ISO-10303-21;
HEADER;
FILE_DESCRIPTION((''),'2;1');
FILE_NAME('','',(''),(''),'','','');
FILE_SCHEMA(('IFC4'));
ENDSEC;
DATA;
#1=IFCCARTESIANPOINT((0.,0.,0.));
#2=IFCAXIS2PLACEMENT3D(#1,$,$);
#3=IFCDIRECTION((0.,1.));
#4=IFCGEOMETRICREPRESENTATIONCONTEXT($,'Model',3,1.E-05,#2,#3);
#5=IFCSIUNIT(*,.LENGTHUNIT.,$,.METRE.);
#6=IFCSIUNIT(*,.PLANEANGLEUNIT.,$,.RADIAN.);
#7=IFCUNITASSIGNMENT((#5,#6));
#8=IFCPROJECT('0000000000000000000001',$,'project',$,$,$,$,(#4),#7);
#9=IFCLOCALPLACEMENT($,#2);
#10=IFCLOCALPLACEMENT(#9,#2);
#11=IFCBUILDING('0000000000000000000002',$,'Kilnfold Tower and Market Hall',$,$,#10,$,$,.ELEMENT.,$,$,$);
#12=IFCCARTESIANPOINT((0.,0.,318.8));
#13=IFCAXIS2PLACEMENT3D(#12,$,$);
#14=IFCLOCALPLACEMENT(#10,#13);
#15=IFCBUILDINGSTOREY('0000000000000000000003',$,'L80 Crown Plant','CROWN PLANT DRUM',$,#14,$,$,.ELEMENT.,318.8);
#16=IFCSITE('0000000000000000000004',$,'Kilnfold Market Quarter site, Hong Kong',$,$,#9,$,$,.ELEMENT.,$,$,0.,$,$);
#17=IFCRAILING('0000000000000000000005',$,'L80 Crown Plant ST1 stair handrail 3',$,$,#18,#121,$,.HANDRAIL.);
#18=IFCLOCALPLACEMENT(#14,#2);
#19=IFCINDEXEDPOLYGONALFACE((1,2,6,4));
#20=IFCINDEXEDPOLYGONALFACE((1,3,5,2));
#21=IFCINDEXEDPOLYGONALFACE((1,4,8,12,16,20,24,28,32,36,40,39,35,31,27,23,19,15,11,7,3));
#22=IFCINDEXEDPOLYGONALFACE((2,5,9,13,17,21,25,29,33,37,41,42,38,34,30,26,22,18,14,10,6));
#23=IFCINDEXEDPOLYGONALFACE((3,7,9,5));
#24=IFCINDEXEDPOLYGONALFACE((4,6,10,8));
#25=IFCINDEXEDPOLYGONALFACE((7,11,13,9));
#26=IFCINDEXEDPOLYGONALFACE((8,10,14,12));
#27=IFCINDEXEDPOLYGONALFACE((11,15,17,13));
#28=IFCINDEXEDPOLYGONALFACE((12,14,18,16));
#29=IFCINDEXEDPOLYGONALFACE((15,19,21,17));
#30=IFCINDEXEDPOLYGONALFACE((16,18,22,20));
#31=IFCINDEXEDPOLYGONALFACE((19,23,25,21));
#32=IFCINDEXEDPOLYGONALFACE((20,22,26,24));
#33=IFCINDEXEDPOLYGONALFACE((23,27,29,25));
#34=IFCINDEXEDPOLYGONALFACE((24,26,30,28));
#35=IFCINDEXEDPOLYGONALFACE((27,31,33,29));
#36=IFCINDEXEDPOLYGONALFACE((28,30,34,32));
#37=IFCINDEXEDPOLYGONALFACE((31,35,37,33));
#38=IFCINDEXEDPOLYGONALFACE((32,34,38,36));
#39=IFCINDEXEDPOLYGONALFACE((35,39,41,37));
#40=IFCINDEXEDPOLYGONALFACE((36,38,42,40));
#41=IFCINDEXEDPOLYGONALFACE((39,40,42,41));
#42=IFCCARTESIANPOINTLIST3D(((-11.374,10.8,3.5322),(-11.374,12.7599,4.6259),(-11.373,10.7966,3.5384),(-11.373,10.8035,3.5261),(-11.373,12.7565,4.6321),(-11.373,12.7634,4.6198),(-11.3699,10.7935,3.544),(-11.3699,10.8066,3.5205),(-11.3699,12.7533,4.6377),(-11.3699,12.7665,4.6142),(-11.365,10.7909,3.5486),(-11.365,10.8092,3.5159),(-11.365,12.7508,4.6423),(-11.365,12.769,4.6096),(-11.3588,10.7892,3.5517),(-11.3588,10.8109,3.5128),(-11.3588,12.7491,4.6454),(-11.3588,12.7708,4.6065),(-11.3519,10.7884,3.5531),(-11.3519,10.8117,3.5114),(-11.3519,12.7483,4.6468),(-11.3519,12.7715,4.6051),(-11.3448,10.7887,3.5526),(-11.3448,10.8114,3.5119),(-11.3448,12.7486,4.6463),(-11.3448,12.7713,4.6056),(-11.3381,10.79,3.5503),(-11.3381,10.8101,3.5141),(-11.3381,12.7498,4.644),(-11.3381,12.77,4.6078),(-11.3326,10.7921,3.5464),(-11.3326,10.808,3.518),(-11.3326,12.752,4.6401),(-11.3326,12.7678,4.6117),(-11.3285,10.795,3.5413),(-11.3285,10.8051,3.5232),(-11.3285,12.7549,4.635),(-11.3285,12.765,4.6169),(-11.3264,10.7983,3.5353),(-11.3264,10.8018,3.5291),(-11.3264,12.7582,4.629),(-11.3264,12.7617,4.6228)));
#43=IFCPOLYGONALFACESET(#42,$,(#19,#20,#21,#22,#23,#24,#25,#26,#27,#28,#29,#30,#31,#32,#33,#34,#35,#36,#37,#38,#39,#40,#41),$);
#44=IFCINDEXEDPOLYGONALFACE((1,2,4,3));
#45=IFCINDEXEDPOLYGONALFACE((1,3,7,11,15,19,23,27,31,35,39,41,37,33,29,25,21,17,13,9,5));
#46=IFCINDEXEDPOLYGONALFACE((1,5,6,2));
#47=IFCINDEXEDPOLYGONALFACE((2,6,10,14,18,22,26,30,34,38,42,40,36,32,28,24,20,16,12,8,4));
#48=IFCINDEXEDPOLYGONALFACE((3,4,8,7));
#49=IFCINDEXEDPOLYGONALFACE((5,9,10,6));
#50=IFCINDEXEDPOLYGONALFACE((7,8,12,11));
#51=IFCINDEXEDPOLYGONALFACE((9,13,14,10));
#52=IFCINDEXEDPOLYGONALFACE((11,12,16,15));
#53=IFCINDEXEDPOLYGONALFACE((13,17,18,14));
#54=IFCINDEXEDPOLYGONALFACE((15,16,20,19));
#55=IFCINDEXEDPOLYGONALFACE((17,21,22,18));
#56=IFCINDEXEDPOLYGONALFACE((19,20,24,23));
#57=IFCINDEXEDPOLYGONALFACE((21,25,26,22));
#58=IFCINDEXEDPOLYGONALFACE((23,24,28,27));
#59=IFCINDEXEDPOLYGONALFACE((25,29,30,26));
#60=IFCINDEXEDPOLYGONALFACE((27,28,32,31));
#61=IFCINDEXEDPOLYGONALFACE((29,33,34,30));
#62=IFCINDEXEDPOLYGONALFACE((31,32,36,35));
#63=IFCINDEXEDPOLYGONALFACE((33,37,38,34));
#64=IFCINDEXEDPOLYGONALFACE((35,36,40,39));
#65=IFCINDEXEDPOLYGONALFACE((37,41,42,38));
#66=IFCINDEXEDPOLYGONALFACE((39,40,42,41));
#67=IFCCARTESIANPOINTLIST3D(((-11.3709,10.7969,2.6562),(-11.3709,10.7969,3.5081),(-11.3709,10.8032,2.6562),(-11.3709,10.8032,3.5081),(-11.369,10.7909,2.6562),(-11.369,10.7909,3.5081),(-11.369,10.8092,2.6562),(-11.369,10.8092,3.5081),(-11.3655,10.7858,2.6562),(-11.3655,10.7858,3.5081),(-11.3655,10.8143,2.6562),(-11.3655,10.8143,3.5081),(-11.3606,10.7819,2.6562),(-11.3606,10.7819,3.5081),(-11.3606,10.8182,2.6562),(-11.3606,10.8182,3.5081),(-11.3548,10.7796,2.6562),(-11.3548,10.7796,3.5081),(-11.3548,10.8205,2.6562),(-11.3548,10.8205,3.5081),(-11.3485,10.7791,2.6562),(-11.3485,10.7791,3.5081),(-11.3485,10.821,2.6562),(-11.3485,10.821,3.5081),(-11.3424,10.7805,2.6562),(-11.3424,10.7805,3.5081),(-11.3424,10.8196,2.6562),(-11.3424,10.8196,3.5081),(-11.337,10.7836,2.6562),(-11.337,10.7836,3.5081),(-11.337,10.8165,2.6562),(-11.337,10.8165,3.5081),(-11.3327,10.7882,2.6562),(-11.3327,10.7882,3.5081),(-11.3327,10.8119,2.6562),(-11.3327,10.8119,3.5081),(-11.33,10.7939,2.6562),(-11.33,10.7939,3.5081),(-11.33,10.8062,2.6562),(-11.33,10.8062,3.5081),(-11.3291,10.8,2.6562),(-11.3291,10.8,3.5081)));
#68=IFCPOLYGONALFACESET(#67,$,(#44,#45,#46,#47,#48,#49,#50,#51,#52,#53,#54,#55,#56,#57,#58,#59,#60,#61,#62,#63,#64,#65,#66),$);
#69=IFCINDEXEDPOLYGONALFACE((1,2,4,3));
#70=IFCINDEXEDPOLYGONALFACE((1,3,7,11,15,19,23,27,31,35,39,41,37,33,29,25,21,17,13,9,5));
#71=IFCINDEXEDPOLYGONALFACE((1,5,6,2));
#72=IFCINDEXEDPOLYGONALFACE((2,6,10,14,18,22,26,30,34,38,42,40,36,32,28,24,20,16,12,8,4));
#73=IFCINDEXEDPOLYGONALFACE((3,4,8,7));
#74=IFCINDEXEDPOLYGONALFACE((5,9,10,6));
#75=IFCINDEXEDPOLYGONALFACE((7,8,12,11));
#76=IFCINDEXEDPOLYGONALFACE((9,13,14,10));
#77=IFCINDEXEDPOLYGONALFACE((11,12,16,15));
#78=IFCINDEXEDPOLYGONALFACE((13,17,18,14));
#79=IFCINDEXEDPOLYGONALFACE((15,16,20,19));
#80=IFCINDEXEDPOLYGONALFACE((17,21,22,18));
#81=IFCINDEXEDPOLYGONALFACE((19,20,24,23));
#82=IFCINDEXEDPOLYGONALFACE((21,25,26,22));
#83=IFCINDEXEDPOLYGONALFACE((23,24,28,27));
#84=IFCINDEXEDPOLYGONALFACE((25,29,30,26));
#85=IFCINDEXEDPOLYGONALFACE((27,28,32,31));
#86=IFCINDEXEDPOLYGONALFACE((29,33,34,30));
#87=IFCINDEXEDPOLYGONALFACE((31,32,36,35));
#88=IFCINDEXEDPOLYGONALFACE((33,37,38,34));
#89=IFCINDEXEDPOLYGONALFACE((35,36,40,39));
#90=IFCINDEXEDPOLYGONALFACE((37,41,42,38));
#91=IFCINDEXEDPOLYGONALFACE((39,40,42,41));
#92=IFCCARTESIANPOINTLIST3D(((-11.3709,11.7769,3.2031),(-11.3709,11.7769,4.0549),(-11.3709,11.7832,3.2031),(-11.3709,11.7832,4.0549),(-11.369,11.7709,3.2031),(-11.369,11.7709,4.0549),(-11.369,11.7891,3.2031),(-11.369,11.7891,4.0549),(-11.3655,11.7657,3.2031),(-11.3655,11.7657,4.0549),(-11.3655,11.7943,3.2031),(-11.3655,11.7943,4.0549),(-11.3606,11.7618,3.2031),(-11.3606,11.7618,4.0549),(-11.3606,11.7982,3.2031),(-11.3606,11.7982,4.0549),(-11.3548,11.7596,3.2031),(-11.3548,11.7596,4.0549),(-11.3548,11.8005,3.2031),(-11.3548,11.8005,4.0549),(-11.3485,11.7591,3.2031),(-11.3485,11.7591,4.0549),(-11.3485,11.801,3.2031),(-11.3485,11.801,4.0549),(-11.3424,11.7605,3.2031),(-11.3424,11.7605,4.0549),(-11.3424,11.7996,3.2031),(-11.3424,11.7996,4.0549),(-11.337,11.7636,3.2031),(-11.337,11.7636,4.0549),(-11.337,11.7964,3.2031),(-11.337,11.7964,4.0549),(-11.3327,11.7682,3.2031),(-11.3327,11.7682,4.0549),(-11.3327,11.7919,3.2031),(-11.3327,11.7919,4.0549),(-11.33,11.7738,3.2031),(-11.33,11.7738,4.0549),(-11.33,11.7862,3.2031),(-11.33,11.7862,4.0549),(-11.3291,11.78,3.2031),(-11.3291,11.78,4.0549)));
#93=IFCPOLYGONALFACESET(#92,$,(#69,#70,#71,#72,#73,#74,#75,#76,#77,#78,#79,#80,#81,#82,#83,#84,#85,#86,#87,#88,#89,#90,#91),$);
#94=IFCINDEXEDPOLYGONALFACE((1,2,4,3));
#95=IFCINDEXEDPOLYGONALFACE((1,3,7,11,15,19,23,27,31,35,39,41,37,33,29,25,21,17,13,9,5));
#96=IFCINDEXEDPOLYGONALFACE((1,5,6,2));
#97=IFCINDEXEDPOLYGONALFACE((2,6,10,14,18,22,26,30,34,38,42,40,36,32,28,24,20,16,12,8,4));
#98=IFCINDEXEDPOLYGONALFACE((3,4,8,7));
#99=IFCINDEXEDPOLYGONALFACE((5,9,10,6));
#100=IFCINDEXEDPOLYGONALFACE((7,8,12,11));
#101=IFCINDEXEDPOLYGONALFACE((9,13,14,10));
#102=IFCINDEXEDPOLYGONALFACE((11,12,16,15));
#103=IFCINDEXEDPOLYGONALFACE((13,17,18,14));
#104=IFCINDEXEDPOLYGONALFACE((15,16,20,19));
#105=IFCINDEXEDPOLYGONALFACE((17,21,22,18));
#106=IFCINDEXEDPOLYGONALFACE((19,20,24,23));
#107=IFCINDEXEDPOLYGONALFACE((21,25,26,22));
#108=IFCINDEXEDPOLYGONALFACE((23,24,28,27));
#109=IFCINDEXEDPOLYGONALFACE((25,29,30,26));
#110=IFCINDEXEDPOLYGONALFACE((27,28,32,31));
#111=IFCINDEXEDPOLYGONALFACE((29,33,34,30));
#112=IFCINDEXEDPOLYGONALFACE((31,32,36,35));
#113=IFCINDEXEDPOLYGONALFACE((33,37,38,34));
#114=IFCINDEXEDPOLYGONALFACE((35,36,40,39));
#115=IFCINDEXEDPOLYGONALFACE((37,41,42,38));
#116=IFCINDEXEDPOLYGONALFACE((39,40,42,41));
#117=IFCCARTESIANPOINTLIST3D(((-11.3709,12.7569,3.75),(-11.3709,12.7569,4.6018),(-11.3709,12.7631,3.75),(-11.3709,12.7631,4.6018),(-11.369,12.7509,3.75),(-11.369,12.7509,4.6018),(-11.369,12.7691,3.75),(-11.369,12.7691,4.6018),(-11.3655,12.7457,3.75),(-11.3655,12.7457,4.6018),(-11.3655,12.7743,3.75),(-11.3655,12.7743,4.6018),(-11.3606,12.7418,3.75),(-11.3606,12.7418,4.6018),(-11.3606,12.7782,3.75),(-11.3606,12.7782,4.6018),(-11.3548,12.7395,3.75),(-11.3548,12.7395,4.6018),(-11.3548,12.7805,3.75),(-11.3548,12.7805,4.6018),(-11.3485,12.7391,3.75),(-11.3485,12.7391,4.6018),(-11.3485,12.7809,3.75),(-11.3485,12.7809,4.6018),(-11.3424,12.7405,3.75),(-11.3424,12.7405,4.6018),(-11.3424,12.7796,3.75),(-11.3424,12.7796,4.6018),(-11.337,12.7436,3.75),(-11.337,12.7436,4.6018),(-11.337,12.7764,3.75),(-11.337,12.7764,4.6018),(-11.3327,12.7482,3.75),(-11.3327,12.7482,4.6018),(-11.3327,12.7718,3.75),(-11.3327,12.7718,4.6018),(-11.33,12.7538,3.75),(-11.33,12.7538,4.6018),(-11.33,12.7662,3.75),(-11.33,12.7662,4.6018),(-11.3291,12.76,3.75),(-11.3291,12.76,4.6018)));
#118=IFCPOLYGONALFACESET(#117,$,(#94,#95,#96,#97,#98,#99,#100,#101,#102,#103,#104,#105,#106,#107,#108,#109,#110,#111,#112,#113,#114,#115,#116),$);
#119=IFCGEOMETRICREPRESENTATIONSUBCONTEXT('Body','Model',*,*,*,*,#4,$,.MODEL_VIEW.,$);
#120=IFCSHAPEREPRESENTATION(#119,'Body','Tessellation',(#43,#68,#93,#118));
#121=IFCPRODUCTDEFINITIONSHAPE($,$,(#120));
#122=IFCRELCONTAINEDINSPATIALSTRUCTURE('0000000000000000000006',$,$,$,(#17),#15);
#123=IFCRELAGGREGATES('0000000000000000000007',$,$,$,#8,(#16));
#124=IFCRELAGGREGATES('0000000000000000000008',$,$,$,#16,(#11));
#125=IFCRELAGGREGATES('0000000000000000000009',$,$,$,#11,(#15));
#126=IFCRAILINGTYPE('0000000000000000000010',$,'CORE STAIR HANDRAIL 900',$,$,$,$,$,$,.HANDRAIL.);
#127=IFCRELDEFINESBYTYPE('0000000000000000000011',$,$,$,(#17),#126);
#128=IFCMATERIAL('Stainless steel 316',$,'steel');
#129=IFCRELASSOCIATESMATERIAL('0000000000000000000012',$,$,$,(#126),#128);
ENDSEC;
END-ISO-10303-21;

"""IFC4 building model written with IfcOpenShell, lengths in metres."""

from ifc_helpers import new_model, si_unit, direction, frame, origin, origin_2d, place, context, subcontext, project, spatial, circle, extrude, material, type_object, element, save


model = new_model("IFC4")

# Units and contexts
model_context = context("Model", 3, precision=1e-05, world=origin(), true_north=direction((0.0, 1.0)))
body_context = subcontext(model_context, "Body", "Model", "MODEL_VIEW")
ifc_project = project(units=[si_unit("LENGTHUNIT", "METRE"), si_unit("PLANEANGLEUNIT", "RADIAN")], contexts=[model_context])

# Site, building, storey
site_placement = place(None, origin())
site = spatial("IfcSite", under=ifc_project, at=site_placement, Name="Kilnfold Market Quarter site, Hong Kong", CompositionType="ELEMENT", RefElevation=0.0)
building_placement = place(site_placement, origin())
building = spatial("IfcBuilding", under=site, at=building_placement, Name="Kilnfold Tower and Market Hall", CompositionType="ELEMENT")
storey_placement = place(building_placement, frame((0.0, 0.0, 318.8)))
storey = spatial("IfcBuildingStorey", under=building, at=storey_placement, Name="L80 Crown Plant", Description="CROWN PLANT DRUM", CompositionType="ELEMENT", Elevation=318.8)

# Railing
ifc_material_1 = material(Name="Stainless steel 316", Category="steel")
railing_type_1 = type_object("IfcRailingType", Name="CORE STAIR HANDRAIL 900", PredefinedType="HANDRAIL", material=ifc_material_1)
railing_1_placement = place(storey_placement, frame((-11.3501, 10.8, 2.6562)))
element("IfcRailing", 1, at=railing_1_placement, inside=storey, type_object=railing_type_1, Name="L80 Crown Plant ST1 stair handrail 3", PredefinedType="HANDRAIL", context=body_context, shape_type="SweptSolid", body=[
    extrude(circle(Radius=0.0239, at=origin_2d()), frame((0.0, 0.0, 0.876), z_axis=(0.0, 0.873232, 0.487304), x_axis=(-1.0, 0.0, 0.0)), (0.0, 0.0, 1.0), 2.2444),
    extrude(circle(Radius=0.021, at=origin_2d()), origin(), (0.0, 0.0, 1.0), 0.8518),
    extrude(circle(Radius=0.021, at=origin_2d()), frame((0.0, 0.98, 0.5469)), (0.0, 0.0, 1.0), 0.8518),
    extrude(circle(Radius=0.021, at=origin_2d()), frame((0.0, 1.96, 1.0938)), (0.0, 0.0, 1.0), 0.8518),
])

save(model, "model.ifc")
